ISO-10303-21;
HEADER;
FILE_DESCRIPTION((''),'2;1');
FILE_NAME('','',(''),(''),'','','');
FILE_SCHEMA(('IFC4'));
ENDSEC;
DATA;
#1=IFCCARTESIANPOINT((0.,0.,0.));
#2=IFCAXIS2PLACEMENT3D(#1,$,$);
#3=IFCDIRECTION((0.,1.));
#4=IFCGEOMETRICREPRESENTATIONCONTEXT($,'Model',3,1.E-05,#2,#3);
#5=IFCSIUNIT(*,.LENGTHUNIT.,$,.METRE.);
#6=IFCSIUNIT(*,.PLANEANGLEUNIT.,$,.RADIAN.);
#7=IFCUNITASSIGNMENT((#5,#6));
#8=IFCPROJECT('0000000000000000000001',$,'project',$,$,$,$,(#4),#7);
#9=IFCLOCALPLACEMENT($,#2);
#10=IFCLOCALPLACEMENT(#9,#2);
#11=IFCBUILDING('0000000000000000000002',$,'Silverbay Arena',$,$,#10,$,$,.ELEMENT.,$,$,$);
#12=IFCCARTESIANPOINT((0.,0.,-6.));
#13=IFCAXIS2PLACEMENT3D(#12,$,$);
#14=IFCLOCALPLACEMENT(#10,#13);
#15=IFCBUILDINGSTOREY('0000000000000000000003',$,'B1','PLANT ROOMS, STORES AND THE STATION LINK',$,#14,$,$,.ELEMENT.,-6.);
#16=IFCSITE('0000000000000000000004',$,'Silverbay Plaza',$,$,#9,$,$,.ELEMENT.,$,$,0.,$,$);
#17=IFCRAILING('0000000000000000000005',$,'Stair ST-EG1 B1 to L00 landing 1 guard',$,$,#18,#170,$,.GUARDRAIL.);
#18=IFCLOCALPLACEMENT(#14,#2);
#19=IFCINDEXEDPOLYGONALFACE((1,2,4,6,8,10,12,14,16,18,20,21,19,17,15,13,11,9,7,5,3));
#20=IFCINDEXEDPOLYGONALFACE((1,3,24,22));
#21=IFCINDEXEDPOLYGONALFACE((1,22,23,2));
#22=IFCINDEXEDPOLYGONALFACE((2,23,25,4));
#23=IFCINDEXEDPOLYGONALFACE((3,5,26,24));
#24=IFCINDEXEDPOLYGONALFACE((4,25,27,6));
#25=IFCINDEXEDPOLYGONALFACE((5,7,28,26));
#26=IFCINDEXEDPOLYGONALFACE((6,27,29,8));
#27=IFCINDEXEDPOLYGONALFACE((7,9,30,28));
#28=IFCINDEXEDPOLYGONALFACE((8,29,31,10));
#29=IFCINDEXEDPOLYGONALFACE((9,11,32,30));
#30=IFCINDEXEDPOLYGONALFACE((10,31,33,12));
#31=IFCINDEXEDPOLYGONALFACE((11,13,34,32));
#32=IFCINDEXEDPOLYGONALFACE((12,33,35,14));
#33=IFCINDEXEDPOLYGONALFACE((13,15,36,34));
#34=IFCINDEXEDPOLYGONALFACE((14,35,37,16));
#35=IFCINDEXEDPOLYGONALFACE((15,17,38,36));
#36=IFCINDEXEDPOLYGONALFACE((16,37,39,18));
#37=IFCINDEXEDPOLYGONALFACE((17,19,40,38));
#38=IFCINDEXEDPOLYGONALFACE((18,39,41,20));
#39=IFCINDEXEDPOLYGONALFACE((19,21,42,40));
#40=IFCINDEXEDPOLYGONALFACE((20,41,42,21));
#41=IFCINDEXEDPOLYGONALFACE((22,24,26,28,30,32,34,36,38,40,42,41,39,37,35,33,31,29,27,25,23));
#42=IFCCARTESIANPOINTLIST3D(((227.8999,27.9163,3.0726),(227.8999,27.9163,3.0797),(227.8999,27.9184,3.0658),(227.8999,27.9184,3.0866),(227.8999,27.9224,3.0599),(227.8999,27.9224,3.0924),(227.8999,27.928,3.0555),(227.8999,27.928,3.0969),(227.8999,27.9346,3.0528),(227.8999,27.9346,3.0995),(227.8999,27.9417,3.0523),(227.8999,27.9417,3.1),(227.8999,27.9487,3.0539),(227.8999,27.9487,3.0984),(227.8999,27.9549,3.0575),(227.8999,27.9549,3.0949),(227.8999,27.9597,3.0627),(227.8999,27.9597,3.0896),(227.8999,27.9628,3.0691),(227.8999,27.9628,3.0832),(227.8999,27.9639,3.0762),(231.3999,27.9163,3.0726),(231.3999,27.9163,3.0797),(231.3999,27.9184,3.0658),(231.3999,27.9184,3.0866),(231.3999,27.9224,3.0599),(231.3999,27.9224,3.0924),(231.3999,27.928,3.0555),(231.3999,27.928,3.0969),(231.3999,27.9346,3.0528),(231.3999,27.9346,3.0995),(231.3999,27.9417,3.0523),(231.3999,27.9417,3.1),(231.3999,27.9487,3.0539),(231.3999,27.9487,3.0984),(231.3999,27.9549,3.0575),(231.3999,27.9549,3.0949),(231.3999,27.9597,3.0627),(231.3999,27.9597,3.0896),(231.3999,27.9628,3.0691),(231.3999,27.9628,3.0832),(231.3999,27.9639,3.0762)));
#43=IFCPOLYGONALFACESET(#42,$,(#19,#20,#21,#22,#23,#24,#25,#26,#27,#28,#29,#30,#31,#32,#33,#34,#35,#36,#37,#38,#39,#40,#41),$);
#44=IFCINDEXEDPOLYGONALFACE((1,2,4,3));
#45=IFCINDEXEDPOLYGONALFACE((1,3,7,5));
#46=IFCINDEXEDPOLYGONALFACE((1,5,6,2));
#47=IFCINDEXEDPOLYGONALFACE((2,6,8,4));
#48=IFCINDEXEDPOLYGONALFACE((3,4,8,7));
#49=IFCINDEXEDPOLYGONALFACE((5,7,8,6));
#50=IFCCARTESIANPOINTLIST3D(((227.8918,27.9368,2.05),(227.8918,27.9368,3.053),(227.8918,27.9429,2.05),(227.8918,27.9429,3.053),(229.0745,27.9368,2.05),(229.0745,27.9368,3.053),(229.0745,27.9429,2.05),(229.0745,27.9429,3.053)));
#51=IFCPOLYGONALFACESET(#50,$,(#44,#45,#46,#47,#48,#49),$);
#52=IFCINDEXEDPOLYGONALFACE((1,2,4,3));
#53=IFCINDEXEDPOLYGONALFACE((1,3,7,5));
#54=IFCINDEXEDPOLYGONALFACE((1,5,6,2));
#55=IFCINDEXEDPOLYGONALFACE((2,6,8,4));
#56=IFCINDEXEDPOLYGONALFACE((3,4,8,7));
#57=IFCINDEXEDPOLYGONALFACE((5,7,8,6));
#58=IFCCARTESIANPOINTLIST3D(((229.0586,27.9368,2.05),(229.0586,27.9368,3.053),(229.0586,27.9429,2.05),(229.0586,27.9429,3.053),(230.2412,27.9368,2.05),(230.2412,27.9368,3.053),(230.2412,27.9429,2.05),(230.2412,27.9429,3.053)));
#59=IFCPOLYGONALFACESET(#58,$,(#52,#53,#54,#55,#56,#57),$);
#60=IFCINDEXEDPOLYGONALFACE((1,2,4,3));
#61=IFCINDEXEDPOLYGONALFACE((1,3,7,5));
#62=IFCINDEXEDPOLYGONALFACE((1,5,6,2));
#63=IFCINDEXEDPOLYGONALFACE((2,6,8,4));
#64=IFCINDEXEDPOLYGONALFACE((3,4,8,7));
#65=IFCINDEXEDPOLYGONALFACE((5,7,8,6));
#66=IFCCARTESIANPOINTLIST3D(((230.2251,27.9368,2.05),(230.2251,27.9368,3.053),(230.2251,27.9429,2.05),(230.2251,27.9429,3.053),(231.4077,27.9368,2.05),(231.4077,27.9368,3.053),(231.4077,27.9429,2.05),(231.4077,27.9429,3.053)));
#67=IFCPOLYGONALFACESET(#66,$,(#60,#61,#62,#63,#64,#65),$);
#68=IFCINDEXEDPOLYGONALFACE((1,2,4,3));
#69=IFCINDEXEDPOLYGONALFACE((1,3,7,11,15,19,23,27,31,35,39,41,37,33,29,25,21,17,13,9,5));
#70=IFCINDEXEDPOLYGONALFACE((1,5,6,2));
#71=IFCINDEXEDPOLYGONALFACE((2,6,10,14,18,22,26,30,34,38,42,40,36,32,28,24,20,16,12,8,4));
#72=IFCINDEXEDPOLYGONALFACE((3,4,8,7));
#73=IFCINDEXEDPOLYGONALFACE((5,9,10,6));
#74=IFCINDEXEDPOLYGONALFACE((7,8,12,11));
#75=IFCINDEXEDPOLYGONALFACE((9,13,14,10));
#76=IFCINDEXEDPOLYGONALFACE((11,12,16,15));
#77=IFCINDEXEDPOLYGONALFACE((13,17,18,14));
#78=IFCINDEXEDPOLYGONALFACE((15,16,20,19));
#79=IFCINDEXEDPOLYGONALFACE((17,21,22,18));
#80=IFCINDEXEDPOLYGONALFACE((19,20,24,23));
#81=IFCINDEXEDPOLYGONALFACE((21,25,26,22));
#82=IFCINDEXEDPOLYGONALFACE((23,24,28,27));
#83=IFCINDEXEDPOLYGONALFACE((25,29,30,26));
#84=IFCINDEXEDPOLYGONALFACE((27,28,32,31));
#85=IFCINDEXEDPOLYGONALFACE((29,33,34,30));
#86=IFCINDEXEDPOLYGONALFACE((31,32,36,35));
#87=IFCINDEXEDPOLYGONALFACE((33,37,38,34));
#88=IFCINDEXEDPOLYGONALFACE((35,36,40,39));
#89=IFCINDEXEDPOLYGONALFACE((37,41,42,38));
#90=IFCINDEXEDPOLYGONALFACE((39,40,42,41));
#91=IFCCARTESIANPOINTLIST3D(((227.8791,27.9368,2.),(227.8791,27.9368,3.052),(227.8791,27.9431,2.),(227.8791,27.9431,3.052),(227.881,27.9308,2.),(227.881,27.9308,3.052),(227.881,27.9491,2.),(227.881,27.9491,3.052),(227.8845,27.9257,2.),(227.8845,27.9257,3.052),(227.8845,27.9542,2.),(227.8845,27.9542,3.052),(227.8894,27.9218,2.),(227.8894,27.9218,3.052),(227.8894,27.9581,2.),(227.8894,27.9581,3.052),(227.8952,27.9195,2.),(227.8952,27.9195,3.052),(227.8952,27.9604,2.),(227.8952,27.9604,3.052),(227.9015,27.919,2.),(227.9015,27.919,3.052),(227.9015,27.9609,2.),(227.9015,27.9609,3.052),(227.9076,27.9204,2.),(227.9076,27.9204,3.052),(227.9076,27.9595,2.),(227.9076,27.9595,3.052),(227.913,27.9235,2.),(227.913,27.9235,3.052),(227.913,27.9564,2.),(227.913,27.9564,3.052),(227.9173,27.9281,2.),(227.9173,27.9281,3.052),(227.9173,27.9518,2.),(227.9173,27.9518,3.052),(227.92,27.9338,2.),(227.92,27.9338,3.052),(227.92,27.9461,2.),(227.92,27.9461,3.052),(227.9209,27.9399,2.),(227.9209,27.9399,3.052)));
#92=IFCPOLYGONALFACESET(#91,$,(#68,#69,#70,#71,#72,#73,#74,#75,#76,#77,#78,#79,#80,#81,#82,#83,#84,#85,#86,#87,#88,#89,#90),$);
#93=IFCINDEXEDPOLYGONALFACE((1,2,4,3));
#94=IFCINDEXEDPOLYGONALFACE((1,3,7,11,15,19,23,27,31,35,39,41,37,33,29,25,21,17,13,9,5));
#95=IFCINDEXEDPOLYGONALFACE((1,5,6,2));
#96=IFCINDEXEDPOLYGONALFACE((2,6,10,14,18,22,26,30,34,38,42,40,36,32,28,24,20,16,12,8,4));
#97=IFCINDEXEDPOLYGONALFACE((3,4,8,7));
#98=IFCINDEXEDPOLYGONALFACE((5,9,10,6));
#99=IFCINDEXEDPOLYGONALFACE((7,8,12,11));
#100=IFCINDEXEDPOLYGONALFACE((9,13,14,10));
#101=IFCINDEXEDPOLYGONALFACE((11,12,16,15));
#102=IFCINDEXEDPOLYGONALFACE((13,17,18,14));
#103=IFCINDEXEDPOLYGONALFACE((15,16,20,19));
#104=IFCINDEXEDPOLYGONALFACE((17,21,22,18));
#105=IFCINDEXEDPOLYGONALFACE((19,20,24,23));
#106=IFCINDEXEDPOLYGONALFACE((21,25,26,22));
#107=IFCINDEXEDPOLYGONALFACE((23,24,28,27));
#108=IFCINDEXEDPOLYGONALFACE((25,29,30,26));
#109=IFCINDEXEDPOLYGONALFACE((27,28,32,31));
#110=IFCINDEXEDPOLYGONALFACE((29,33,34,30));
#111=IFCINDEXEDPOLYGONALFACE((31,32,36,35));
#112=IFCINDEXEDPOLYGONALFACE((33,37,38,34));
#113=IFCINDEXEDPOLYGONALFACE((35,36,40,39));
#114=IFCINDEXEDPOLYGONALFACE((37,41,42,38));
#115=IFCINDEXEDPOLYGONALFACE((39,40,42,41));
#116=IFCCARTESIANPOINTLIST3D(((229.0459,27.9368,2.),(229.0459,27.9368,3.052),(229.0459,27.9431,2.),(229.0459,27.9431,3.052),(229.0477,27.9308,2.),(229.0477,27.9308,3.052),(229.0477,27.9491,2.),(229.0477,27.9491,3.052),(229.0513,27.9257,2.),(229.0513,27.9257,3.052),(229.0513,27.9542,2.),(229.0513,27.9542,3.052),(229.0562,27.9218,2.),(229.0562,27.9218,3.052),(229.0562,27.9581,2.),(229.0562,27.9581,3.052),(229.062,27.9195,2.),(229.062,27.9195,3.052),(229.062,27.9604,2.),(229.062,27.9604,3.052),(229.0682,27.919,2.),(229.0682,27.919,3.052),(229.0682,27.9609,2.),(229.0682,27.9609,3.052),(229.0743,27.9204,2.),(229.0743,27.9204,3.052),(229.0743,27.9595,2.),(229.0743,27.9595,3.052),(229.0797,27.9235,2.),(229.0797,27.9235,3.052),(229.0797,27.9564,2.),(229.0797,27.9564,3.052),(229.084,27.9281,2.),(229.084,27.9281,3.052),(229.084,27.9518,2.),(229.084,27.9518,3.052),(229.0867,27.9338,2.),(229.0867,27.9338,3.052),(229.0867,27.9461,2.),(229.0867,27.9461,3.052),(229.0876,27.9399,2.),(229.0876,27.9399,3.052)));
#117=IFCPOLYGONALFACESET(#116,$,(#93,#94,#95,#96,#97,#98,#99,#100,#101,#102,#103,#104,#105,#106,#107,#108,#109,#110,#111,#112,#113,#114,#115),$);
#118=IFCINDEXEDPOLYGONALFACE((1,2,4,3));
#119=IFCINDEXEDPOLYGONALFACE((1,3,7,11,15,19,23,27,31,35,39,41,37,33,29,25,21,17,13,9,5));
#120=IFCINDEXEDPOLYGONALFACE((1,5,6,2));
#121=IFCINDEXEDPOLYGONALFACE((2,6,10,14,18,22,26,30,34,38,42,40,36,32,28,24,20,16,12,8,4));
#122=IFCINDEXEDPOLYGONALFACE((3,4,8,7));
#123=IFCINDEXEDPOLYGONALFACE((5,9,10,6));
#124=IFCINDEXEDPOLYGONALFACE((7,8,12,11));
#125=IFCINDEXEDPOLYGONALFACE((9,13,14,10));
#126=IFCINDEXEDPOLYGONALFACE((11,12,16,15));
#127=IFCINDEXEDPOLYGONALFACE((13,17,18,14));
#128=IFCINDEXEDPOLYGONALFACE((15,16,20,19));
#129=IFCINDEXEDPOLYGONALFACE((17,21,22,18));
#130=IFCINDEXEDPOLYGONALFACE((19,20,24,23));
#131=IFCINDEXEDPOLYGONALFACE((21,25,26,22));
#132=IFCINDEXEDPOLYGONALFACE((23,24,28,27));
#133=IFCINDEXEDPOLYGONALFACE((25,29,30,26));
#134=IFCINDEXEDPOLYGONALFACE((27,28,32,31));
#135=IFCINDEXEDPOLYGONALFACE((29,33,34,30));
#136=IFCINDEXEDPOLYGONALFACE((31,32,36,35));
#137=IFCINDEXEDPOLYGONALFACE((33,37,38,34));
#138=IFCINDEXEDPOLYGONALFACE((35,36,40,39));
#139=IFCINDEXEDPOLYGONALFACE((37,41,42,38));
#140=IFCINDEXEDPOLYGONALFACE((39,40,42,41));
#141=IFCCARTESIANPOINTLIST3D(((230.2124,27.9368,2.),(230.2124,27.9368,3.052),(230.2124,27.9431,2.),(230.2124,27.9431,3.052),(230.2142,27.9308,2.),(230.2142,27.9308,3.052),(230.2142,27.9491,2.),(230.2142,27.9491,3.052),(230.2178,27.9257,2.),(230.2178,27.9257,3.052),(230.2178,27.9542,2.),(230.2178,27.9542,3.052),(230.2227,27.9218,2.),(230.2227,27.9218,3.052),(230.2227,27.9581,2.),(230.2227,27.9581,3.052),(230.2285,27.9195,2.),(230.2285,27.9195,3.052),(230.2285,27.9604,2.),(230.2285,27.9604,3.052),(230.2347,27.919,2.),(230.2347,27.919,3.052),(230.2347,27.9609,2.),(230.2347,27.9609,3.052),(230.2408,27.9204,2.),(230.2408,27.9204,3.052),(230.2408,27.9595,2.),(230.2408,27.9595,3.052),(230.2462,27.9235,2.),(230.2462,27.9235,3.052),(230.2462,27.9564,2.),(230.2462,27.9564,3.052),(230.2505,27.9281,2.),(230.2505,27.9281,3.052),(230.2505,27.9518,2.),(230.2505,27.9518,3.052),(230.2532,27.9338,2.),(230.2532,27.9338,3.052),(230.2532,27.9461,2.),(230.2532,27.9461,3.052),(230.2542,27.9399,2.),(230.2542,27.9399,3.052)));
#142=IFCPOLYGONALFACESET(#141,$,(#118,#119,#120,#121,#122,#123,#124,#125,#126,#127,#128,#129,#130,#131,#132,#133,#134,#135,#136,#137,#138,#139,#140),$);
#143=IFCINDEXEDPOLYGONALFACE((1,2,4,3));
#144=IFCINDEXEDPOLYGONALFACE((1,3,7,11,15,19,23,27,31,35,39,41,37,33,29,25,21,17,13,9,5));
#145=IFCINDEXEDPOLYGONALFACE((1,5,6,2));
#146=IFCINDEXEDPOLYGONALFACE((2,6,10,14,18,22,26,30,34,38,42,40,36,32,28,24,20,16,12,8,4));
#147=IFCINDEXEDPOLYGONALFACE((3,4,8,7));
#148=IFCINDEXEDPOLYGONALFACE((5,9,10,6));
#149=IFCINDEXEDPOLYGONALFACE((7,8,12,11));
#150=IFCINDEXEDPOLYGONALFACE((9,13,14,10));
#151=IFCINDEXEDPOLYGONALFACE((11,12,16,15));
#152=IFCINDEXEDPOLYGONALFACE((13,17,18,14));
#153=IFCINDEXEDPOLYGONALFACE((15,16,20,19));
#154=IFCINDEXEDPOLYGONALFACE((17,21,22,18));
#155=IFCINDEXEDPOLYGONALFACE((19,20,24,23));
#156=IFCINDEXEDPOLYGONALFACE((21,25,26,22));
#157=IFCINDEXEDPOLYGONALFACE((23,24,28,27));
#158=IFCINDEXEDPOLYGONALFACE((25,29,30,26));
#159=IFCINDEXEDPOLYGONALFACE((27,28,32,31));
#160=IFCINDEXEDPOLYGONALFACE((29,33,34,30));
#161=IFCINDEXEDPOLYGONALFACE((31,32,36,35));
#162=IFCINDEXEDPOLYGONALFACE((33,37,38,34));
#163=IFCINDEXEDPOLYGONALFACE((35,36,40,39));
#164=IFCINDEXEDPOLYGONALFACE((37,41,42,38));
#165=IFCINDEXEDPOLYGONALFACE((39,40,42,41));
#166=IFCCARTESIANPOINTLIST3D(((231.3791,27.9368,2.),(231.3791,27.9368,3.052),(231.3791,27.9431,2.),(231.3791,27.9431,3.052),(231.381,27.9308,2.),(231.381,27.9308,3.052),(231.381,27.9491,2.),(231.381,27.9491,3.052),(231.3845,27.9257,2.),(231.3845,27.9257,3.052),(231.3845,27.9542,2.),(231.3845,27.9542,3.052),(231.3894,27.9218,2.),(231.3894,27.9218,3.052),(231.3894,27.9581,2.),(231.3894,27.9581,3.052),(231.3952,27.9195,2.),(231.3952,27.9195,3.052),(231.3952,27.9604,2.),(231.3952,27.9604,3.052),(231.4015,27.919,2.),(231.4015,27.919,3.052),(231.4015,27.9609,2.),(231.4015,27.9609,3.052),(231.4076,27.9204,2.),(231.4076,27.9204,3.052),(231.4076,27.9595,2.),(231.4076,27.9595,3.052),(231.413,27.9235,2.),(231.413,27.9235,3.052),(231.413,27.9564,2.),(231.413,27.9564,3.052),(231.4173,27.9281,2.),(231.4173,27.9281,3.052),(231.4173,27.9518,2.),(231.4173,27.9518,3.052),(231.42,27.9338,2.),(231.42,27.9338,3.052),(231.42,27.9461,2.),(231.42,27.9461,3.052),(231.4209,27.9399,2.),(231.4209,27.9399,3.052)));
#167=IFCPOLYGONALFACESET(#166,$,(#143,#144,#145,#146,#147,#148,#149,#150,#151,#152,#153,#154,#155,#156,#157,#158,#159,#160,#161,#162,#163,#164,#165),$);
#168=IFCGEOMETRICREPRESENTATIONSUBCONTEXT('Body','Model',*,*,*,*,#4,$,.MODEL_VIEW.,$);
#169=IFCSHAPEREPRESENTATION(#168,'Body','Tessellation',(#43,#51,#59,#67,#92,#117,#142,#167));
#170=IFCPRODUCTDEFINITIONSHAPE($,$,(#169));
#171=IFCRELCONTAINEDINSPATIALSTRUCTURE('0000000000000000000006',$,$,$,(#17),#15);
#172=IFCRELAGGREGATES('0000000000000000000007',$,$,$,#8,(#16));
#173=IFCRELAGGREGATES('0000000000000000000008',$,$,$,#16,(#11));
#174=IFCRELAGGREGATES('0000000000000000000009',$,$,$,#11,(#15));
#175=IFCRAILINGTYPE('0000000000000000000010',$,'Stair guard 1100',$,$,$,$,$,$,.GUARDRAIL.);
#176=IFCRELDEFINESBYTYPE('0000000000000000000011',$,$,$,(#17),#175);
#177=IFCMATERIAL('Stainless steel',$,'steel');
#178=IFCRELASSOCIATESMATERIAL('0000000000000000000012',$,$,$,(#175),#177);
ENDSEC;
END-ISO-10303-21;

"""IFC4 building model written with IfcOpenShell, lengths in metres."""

from ifc_helpers import new_model, si_unit, direction, frame, origin, origin_2d, place, context, subcontext, project, spatial, polyline, circle, outline, extrude, material, type_object, element, save


model = new_model("IFC4")

# Units and contexts
model_context = context("Model", 3, precision=1e-05, world=origin(), true_north=direction((0.0, 1.0)))
body_context = subcontext(model_context, "Body", "Model", "MODEL_VIEW")
ifc_project = project(units=[si_unit("LENGTHUNIT", "METRE"), si_unit("PLANEANGLEUNIT", "RADIAN")], contexts=[model_context])

# Site, building, storey
site_placement = place(None, origin())
site = spatial("IfcSite", under=ifc_project, at=site_placement, Name="Silverbay Plaza", CompositionType="ELEMENT", RefElevation=0.0)
building_placement = place(site_placement, origin())
building = spatial("IfcBuilding", under=site, at=building_placement, Name="Silverbay Arena", CompositionType="ELEMENT")
storey_placement = place(building_placement, frame((0.0, 0.0, -6.0)))
storey = spatial("IfcBuildingStorey", under=building, at=storey_placement, Name="B1", Description="PLANT ROOMS, STORES AND THE STATION LINK", CompositionType="ELEMENT", Elevation=-6.0)

# Railing
ifc_material_1 = material(Name="Stainless steel", Category="steel")
railing_type_1 = type_object("IfcRailingType", Name="Stair guard 1100", PredefinedType="GUARDRAIL", material=ifc_material_1)
for number, where, name in (
    (1, (227.8999, 27.9399, 2.0), "Stair ST-EG1 B1 to L00 landing 1 guard"),
):
    element("IfcRailing", number, at=place(storey_placement, frame(where)), inside=storey, type_object=railing_type_1, Name=name, PredefinedType="GUARDRAIL", context=body_context, shape_type="SweptSolid", body=[
        extrude(circle(Radius=0.0239, at=origin_2d()), frame((0.0, 0.0, 1.0762), z_axis=(1.0, 0.0, 0.0), x_axis=(0.0, 1.0, 0.0)), (0.0, 0.0, 1.0), 3.5),
        extrude(outline(polyline([(-0.0081, 0.05), (1.1746, 0.05), (1.1746, 1.053), (-0.0081, 1.053), (-0.0081, 0.05)])), frame((0.0, 0.0029, 0.0), z_axis=(0.0, -1.0, 0.0), x_axis=(1.0, 0.0, 0.0)), (0.0, 0.0, 1.0), 0.0061),
        extrude(outline(polyline([(-0.0081, 0.05), (1.1746, 0.05), (1.1746, 1.053), (-0.0081, 1.053), (-0.0081, 0.05)])), frame((1.1667, 0.0029, 0.0), z_axis=(0.0, -1.0, 0.0), x_axis=(1.0, 0.0, 0.0)), (0.0, 0.0, 1.0), 0.0061),
        extrude(outline(polyline([(-0.0081, 0.05), (1.1746, 0.05), (1.1746, 1.053), (-0.0081, 1.053), (-0.0081, 0.05)])), frame((2.3333, 0.0029, 0.0), z_axis=(0.0, -1.0, 0.0), x_axis=(1.0, 0.0, 0.0)), (0.0, 0.0, 1.0), 0.0061),
        extrude(circle(Radius=0.021, at=origin_2d()), origin(), (0.0, 0.0, 1.0), 1.052),
        extrude(circle(Radius=0.021, at=origin_2d()), frame((1.1667, 0.0, 0.0)), (0.0, 0.0, 1.0), 1.052),
        extrude(circle(Radius=0.021, at=origin_2d()), frame((2.3333, 0.0, 0.0)), (0.0, 0.0, 1.0), 1.052),
        extrude(circle(Radius=0.021, at=origin_2d()), frame((3.5, 0.0, 0.0)), (0.0, 0.0, 1.0), 1.052),
    ])

save(model, "model.ifc")
